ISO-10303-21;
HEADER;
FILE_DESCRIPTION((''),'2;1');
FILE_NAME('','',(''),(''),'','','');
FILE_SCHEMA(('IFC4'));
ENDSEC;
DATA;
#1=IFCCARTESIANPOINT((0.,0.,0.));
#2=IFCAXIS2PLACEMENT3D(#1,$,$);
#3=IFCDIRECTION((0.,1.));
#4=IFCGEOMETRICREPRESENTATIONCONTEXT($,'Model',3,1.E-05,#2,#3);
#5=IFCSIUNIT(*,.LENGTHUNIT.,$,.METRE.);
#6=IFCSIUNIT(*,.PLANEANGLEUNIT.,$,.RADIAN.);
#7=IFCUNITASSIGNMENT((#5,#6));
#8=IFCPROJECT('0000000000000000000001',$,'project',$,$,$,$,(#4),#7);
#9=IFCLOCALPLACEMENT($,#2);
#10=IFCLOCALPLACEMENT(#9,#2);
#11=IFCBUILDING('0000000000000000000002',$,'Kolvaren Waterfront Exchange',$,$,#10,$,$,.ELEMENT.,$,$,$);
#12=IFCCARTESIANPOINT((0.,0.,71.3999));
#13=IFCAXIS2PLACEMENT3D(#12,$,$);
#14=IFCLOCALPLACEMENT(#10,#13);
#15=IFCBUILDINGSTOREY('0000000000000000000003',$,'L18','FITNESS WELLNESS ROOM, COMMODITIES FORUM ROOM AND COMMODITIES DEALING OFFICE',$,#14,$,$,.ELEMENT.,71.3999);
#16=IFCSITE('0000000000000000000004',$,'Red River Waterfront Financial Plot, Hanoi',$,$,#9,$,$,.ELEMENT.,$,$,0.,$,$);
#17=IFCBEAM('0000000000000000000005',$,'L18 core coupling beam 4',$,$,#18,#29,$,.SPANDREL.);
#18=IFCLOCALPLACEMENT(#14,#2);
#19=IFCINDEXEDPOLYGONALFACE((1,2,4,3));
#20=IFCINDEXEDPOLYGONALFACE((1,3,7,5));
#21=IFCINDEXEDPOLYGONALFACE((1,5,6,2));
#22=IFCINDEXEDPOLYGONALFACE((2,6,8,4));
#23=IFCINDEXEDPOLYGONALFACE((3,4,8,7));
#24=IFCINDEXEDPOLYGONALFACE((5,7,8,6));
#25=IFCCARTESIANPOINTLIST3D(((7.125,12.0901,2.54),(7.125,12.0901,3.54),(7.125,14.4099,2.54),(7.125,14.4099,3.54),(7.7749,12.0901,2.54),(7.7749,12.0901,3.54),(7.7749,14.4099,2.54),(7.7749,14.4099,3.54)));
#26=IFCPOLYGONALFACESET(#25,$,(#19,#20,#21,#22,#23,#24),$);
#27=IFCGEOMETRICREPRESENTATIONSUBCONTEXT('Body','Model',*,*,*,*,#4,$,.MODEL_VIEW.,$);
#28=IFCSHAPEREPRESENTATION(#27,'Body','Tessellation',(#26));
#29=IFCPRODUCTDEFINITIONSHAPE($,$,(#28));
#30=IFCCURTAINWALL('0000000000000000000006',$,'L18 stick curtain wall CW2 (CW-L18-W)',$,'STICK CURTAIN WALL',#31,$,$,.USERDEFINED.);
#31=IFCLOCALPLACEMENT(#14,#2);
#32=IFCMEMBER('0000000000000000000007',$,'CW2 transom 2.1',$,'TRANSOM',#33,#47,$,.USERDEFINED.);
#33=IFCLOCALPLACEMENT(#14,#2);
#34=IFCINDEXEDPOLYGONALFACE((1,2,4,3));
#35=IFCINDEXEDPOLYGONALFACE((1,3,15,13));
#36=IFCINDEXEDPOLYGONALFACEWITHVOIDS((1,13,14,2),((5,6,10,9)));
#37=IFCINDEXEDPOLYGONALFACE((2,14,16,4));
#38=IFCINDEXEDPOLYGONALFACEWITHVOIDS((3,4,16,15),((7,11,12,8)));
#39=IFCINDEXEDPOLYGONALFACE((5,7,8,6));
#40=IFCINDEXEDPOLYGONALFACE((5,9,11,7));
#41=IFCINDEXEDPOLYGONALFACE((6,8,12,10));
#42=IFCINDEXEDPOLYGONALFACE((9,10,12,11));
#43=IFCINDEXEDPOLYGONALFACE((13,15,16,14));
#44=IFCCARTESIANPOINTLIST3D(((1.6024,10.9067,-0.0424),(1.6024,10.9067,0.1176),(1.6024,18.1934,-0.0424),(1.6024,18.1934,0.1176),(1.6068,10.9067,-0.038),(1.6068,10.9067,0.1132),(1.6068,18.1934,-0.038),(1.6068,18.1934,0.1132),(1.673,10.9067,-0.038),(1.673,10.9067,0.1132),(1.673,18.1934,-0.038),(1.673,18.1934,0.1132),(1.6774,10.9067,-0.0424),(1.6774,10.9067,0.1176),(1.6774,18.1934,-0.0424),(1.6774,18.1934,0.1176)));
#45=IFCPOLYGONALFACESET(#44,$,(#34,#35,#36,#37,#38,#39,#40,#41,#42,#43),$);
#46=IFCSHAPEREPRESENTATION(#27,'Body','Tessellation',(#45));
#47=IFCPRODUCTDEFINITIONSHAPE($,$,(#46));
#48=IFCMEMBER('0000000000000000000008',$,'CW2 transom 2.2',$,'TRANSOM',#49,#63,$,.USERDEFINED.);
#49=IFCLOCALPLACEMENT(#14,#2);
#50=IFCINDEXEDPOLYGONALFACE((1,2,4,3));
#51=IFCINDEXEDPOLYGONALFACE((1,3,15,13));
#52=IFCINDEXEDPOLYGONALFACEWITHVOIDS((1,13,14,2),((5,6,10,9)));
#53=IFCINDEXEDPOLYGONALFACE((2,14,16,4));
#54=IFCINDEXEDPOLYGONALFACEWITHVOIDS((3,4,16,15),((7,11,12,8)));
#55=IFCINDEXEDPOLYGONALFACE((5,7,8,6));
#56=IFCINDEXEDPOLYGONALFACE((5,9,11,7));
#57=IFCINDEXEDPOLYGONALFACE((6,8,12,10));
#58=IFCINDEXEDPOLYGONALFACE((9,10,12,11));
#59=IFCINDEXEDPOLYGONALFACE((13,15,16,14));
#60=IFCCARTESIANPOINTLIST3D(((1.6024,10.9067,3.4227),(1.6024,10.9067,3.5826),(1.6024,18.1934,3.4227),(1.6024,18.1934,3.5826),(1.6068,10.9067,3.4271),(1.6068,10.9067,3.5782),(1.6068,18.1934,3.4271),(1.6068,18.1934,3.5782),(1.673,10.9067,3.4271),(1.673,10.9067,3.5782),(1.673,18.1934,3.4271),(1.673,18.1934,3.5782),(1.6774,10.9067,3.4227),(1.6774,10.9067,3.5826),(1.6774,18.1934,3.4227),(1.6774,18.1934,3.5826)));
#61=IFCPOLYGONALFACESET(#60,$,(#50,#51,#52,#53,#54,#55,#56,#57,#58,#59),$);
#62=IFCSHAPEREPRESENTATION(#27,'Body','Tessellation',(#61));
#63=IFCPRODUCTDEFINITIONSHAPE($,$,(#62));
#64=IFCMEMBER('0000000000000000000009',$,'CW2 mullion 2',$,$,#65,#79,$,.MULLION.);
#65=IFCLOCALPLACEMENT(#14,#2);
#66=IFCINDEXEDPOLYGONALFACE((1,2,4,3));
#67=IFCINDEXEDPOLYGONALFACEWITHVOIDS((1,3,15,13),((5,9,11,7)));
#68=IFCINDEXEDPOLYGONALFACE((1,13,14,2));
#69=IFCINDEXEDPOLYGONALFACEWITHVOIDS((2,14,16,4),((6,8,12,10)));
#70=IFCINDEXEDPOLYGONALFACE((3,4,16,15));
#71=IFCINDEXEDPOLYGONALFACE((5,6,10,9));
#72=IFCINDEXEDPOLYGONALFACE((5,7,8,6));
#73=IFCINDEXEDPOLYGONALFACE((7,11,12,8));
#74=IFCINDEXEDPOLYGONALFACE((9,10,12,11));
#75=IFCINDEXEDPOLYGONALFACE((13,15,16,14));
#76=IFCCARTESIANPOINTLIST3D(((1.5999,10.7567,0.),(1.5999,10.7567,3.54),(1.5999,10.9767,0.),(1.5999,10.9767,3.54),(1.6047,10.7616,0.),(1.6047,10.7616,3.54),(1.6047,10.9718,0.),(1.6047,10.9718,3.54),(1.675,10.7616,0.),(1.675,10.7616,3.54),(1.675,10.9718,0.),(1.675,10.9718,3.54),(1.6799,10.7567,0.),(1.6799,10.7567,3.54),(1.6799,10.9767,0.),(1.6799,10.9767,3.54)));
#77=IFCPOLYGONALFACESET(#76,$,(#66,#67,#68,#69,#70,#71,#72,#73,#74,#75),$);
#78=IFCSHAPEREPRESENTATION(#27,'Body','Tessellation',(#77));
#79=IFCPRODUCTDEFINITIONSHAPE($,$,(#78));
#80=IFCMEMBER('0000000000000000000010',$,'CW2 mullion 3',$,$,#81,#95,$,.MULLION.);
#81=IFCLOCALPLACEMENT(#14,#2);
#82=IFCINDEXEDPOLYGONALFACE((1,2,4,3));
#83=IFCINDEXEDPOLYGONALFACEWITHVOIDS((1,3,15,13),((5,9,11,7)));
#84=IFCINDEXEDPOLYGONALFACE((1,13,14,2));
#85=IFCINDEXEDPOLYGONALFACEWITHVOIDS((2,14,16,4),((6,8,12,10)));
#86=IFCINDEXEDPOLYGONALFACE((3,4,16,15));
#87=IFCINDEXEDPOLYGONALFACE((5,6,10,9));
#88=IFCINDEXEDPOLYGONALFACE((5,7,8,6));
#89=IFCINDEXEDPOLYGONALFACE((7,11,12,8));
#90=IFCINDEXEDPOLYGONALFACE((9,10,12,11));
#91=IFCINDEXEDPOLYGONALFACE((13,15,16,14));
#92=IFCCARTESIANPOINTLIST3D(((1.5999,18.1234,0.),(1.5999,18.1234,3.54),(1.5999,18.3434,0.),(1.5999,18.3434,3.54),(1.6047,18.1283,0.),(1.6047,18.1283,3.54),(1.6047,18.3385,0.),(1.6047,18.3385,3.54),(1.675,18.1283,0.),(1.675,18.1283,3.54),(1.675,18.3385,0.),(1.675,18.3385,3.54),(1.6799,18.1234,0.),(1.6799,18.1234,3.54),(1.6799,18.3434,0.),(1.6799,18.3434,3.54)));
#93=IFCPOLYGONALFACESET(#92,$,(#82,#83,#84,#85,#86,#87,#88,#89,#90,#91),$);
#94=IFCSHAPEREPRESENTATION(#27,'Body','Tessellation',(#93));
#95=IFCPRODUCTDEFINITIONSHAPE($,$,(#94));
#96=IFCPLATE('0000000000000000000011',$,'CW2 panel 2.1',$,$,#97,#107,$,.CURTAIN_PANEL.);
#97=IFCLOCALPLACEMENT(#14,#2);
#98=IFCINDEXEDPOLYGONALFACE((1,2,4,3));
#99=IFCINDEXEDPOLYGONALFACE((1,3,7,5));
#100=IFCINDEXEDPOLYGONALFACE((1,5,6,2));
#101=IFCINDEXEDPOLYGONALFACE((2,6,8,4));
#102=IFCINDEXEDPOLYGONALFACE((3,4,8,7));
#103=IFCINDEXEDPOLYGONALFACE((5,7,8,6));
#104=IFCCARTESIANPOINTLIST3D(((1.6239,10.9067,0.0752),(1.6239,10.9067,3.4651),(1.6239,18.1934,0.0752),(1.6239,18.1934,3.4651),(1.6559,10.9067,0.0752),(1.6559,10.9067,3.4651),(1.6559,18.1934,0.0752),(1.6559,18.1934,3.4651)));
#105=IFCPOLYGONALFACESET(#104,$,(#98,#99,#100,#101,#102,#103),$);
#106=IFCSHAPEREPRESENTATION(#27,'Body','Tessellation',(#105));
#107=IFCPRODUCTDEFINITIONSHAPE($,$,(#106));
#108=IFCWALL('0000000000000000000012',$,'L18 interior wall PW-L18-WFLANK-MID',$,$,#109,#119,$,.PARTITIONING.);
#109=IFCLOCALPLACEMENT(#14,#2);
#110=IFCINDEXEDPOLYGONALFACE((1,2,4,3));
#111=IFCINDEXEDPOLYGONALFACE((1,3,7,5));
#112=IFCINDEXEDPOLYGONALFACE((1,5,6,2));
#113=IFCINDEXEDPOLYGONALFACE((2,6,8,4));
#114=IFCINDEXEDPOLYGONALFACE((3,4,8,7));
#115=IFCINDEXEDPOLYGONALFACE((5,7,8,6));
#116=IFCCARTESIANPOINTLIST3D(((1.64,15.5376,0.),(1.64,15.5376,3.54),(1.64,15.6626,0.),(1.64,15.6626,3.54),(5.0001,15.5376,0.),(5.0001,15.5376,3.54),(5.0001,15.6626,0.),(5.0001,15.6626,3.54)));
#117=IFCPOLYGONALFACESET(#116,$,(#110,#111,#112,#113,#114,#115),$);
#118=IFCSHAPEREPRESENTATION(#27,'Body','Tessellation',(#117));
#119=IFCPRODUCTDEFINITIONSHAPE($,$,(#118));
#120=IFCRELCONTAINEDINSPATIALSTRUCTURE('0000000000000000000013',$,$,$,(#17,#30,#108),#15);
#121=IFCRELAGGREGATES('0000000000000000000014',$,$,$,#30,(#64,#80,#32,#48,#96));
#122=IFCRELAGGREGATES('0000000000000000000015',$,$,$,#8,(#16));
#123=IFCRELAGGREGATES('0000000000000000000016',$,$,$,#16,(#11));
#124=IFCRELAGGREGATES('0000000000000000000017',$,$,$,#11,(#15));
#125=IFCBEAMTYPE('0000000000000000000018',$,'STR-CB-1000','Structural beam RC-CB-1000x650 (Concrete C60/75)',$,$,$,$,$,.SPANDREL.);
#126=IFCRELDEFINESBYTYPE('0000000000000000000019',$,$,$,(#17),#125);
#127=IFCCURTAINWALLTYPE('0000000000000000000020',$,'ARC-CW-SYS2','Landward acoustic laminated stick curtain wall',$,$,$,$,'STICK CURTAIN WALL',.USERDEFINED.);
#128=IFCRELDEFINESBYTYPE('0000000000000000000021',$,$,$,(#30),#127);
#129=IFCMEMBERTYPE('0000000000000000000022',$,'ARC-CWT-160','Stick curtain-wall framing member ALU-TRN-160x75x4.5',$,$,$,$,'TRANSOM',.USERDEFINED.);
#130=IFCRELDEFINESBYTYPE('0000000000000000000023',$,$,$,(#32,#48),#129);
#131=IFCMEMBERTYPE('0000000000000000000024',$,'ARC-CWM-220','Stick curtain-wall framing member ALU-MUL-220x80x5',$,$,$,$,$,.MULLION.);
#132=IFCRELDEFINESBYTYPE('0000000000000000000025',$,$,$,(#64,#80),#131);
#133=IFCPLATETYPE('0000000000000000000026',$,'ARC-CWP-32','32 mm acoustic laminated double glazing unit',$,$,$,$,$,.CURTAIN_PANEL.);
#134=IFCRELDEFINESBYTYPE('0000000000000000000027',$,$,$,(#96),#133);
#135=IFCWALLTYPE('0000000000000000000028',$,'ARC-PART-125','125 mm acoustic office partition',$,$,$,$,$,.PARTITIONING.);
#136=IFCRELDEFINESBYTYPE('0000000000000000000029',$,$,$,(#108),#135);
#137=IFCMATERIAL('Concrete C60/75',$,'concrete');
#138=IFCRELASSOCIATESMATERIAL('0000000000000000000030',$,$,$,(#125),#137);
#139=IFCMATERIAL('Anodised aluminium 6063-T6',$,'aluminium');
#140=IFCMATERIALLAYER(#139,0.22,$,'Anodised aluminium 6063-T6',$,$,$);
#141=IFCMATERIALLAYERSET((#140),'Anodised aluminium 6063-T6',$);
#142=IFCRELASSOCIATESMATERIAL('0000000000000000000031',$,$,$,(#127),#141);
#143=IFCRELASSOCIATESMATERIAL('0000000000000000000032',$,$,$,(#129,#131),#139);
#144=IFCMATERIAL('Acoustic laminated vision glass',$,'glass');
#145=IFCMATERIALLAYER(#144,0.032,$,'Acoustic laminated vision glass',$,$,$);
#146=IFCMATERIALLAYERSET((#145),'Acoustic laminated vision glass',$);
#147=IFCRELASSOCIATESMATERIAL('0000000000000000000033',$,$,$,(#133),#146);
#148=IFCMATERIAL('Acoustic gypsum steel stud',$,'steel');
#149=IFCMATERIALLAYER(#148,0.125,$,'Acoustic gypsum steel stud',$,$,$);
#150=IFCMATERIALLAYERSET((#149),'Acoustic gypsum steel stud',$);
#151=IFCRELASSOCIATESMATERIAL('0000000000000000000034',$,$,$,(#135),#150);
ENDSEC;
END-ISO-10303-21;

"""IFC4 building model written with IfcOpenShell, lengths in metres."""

from ifc_helpers import new_model, si_unit, direction, frame, frame_2d, origin, origin_with_axes, origin_2d, place, context, subcontext, project, spatial, rectangle, hollow_rectangle, extrude, source, transform, mapped, material, layer, layer_set, material_profile, profile_set, type_object, element, aggregate, save


model = new_model("IFC4")

# Units and contexts
model_context = context("Model", 3, precision=1e-05, world=origin(), true_north=direction((0.0, 1.0)))
body_context = subcontext(model_context, "Body", "Model", "MODEL_VIEW")
ifc_project = project(units=[si_unit("LENGTHUNIT", "METRE"), si_unit("PLANEANGLEUNIT", "RADIAN")], contexts=[model_context])

# Site, building, storey
site_placement = place(None, origin())
site = spatial("IfcSite", under=ifc_project, at=site_placement, Name="Red River Waterfront Financial Plot, Hanoi", CompositionType="ELEMENT", RefElevation=0.0)
building_placement = place(site_placement, origin())
building = spatial("IfcBuilding", under=site, at=building_placement, Name="Kolvaren Waterfront Exchange", CompositionType="ELEMENT")
storey_placement = place(building_placement, frame((0.0, 0.0, 71.3999)))
storey = spatial("IfcBuildingStorey", under=building, at=storey_placement, Name="L18", Description="FITNESS WELLNESS ROOM, COMMODITIES FORUM ROOM AND COMMODITIES DEALING OFFICE", CompositionType="ELEMENT", Elevation=71.3999)

# Beam
ifc_material_1 = material(Name="Concrete C60/75", Category="concrete")
ifc_material_profile_1 = material_profile(ifc_material_1, rectangle(XDim=0.6499, YDim=1.0, at=origin_2d()), Name="RC-CB-1000x650")
ifc_profile_set_1 = profile_set([ifc_material_profile_1], Name="Concrete C60/75")
beam_type = type_object("IfcBeamType", Name="STR-CB-1000", Description="Structural beam RC-CB-1000x650 (Concrete C60/75)", PredefinedType="SPANDREL", material=ifc_profile_set_1)
beam_placement = place(storey_placement, frame((7.45, 12.0901, 3.04), z_axis=(0.0, 1.0, 0.0), x_axis=(-1.0, 0.0, 0.0)))
element("IfcBeam", 1, at=beam_placement, inside=storey, type_object=beam_type, Name="L18 core coupling beam 4", PredefinedType="SPANDREL", context=body_context, shape_type="SweptSolid", body=[
    extrude(rectangle(XDim=0.6499, YDim=1.0, at=origin_2d()), origin(), (0.0, 0.0, 1.0), 2.3198),
])

# Curtain wall, members, plate
ifc_material_2 = material(Name="Anodised aluminium 6063-T6", Category="aluminium")
ifc_layer_1 = layer(ifc_material_2, 0.22, Name="Anodised aluminium 6063-T6")
ifc_layer_set_1 = layer_set([ifc_layer_1], Name="Anodised aluminium 6063-T6")
curtain_wall_type = type_object("IfcCurtainWallType", Name="ARC-CW-SYS2", Description="Landward acoustic laminated stick curtain wall", ElementType="STICK CURTAIN WALL", PredefinedType="USERDEFINED", material=ifc_layer_set_1)
curtain_wall_placement = place(storey_placement, origin())
curtain_wall = element("IfcCurtainWall", 2, at=curtain_wall_placement, inside=storey, type_object=curtain_wall_type, Name="L18 stick curtain wall CW2 (CW-L18-W)", ObjectType="STICK CURTAIN WALL", PredefinedType="USERDEFINED")
ifc_material_profile_2 = material_profile(ifc_material_2, hollow_rectangle(XDim=0.075, YDim=0.1599, WallThickness=0.0044, at=origin_2d()), Name="ALU-TRN-160x75x4.5")
ifc_profile_set_2 = profile_set([ifc_material_profile_2], Name="Anodised aluminium 6063-T6")
member_type_1 = type_object("IfcMemberType", Name="ARC-CWT-160", Description="Stick curtain-wall framing member ALU-TRN-160x75x4.5", ElementType="TRANSOM", PredefinedType="USERDEFINED", material=ifc_profile_set_2)
shared_shape_1 = source(origin_with_axes(), body_context, "Body", "SweptSolid", [
    extrude(hollow_rectangle(XDim=0.075, YDim=0.1599, WallThickness=0.0044, at=origin_2d()), origin(), (0.0, 0.0, 1.0), 7.2866),
])
member_1_placement = place(storey_placement, frame((1.6399, 10.9067, 0.0376), z_axis=(0.0, 1.0, 0.0), x_axis=(-1.0, 0.0, 0.0)))
member_1 = element("IfcMember", 3, at=member_1_placement, type_object=member_type_1, Name="CW2 transom 2.1", ObjectType="TRANSOM", PredefinedType="USERDEFINED", context=body_context, shape_type="MappedRepresentation", body=[
    mapped(shared_shape_1, transform((0.0, 0.0, 0.0), x_axis=(1.0, 0.0, 0.0), y_axis=(0.0, 1.0, 0.0), z_axis=(0.0, 0.0, 1.0), scale=1.0)),
])
member_2_placement = place(storey_placement, frame((1.6399, 10.9067, 3.5027), z_axis=(0.0, 1.0, 0.0), x_axis=(-1.0, 0.0, 0.0)))
member_2 = element("IfcMember", 4, at=member_2_placement, type_object=member_type_1, Name="CW2 transom 2.2", ObjectType="TRANSOM", PredefinedType="USERDEFINED", context=body_context, shape_type="MappedRepresentation", body=[
    mapped(shared_shape_1, transform((0.0, 0.0, 0.0), x_axis=(1.0, 0.0, 0.0), y_axis=(0.0, 1.0, 0.0), z_axis=(0.0, 0.0, 1.0), scale=1.0)),
])
ifc_material_profile_3 = material_profile(ifc_material_2, hollow_rectangle(XDim=0.0801, YDim=0.22, WallThickness=0.0049, at=origin_2d()), Name="ALU-MUL-220x80x5")
ifc_profile_set_3 = profile_set([ifc_material_profile_3], Name="Anodised aluminium 6063-T6")
member_type_2 = type_object("IfcMemberType", Name="ARC-CWM-220", Description="Stick curtain-wall framing member ALU-MUL-220x80x5", PredefinedType="MULLION", material=ifc_profile_set_3)
shared_shape_2 = source(origin_with_axes(), body_context, "Body", "SweptSolid", [
    extrude(hollow_rectangle(XDim=0.0801, YDim=0.22, WallThickness=0.0049, at=origin_2d()), origin(), (0.0, 0.0, 1.0), 3.54),
])
member_3_placement = place(storey_placement, frame((1.6399, 10.8667, 0.0), z_axis=(0.0, 0.0, 1.0), x_axis=(-1.0, 0.0, 0.0)))
member_3 = element("IfcMember", 5, at=member_3_placement, type_object=member_type_2, Name="CW2 mullion 2", PredefinedType="MULLION", context=body_context, shape_type="MappedRepresentation", body=[
    mapped(shared_shape_2, transform((0.0, 0.0, 0.0), x_axis=(1.0, 0.0, 0.0), y_axis=(0.0, 1.0, 0.0), z_axis=(0.0, 0.0, 1.0), scale=1.0)),
])
member_4_placement = place(storey_placement, frame((1.6399, 18.2334, 0.0), z_axis=(0.0, 0.0, 1.0), x_axis=(-1.0, 0.0, 0.0)))
member_4 = element("IfcMember", 6, at=member_4_placement, type_object=member_type_2, Name="CW2 mullion 3", PredefinedType="MULLION", context=body_context, shape_type="MappedRepresentation", body=[
    mapped(shared_shape_2, transform((0.0, 0.0, 0.0), x_axis=(1.0, 0.0, 0.0), y_axis=(0.0, 1.0, 0.0), z_axis=(0.0, 0.0, 1.0), scale=1.0)),
])
ifc_material_3 = material(Name="Acoustic laminated vision glass", Category="glass")
ifc_layer_2 = layer(ifc_material_3, 0.032, Name="Acoustic laminated vision glass")
ifc_layer_set_2 = layer_set([ifc_layer_2], Name="Acoustic laminated vision glass")
plate_type = type_object("IfcPlateType", Name="ARC-CWP-32", Description="32 mm acoustic laminated double glazing unit", PredefinedType="CURTAIN_PANEL", material=ifc_layer_set_2)
shared_shape_3 = source(origin_with_axes(), body_context, "Body", "SweptSolid", [
    extrude(rectangle(XDim=7.2866, YDim=0.032, at=origin_2d()), origin(), (0.0, 0.0, 1.0), 3.3899),
])
plate_placement = place(storey_placement, frame((1.6399, 14.55, 0.0752), z_axis=(0.0, 0.0, 1.0), x_axis=(0.0, 1.0, 0.0)))
plate = element("IfcPlate", 7, at=plate_placement, type_object=plate_type, Name="CW2 panel 2.1", PredefinedType="CURTAIN_PANEL", context=body_context, shape_type="MappedRepresentation", body=[
    mapped(shared_shape_3, transform((0.0, 0.0, 0.0), x_axis=(1.0, 0.0, 0.0), y_axis=(0.0, 1.0, 0.0), z_axis=(0.0, 0.0, 1.0), scale=1.0)),
])
aggregate(curtain_wall, [member_3, member_4, member_1, member_2, plate])

# Wall
ifc_material_4 = material(Name="Acoustic gypsum steel stud", Category="steel")
ifc_layer_3 = layer(ifc_material_4, 0.125, Name="Acoustic gypsum steel stud")
ifc_layer_set_3 = layer_set([ifc_layer_3], Name="Acoustic gypsum steel stud")
wall_type_1 = type_object("IfcWallType", Name="ARC-PART-125", Description="125 mm acoustic office partition", PredefinedType="PARTITIONING", material=ifc_layer_set_3)
wall_1_placement = place(storey_placement, frame((1.6399, 15.6001, 0.0), z_axis=(0.0, 0.0, 1.0), x_axis=(1.0, 0.0, 0.0)))
element("IfcWall", 8, at=wall_1_placement, inside=storey, type_object=wall_type_1, Name="L18 interior wall PW-L18-WFLANK-MID", PredefinedType="PARTITIONING", context=body_context, shape_type="SweptSolid", body=[
    extrude(rectangle(XDim=3.3601, YDim=0.125, at=frame_2d((1.6802, 0.0))), origin(), (0.0, 0.0, 1.0), 3.54),
])

save(model, "model.ifc")
